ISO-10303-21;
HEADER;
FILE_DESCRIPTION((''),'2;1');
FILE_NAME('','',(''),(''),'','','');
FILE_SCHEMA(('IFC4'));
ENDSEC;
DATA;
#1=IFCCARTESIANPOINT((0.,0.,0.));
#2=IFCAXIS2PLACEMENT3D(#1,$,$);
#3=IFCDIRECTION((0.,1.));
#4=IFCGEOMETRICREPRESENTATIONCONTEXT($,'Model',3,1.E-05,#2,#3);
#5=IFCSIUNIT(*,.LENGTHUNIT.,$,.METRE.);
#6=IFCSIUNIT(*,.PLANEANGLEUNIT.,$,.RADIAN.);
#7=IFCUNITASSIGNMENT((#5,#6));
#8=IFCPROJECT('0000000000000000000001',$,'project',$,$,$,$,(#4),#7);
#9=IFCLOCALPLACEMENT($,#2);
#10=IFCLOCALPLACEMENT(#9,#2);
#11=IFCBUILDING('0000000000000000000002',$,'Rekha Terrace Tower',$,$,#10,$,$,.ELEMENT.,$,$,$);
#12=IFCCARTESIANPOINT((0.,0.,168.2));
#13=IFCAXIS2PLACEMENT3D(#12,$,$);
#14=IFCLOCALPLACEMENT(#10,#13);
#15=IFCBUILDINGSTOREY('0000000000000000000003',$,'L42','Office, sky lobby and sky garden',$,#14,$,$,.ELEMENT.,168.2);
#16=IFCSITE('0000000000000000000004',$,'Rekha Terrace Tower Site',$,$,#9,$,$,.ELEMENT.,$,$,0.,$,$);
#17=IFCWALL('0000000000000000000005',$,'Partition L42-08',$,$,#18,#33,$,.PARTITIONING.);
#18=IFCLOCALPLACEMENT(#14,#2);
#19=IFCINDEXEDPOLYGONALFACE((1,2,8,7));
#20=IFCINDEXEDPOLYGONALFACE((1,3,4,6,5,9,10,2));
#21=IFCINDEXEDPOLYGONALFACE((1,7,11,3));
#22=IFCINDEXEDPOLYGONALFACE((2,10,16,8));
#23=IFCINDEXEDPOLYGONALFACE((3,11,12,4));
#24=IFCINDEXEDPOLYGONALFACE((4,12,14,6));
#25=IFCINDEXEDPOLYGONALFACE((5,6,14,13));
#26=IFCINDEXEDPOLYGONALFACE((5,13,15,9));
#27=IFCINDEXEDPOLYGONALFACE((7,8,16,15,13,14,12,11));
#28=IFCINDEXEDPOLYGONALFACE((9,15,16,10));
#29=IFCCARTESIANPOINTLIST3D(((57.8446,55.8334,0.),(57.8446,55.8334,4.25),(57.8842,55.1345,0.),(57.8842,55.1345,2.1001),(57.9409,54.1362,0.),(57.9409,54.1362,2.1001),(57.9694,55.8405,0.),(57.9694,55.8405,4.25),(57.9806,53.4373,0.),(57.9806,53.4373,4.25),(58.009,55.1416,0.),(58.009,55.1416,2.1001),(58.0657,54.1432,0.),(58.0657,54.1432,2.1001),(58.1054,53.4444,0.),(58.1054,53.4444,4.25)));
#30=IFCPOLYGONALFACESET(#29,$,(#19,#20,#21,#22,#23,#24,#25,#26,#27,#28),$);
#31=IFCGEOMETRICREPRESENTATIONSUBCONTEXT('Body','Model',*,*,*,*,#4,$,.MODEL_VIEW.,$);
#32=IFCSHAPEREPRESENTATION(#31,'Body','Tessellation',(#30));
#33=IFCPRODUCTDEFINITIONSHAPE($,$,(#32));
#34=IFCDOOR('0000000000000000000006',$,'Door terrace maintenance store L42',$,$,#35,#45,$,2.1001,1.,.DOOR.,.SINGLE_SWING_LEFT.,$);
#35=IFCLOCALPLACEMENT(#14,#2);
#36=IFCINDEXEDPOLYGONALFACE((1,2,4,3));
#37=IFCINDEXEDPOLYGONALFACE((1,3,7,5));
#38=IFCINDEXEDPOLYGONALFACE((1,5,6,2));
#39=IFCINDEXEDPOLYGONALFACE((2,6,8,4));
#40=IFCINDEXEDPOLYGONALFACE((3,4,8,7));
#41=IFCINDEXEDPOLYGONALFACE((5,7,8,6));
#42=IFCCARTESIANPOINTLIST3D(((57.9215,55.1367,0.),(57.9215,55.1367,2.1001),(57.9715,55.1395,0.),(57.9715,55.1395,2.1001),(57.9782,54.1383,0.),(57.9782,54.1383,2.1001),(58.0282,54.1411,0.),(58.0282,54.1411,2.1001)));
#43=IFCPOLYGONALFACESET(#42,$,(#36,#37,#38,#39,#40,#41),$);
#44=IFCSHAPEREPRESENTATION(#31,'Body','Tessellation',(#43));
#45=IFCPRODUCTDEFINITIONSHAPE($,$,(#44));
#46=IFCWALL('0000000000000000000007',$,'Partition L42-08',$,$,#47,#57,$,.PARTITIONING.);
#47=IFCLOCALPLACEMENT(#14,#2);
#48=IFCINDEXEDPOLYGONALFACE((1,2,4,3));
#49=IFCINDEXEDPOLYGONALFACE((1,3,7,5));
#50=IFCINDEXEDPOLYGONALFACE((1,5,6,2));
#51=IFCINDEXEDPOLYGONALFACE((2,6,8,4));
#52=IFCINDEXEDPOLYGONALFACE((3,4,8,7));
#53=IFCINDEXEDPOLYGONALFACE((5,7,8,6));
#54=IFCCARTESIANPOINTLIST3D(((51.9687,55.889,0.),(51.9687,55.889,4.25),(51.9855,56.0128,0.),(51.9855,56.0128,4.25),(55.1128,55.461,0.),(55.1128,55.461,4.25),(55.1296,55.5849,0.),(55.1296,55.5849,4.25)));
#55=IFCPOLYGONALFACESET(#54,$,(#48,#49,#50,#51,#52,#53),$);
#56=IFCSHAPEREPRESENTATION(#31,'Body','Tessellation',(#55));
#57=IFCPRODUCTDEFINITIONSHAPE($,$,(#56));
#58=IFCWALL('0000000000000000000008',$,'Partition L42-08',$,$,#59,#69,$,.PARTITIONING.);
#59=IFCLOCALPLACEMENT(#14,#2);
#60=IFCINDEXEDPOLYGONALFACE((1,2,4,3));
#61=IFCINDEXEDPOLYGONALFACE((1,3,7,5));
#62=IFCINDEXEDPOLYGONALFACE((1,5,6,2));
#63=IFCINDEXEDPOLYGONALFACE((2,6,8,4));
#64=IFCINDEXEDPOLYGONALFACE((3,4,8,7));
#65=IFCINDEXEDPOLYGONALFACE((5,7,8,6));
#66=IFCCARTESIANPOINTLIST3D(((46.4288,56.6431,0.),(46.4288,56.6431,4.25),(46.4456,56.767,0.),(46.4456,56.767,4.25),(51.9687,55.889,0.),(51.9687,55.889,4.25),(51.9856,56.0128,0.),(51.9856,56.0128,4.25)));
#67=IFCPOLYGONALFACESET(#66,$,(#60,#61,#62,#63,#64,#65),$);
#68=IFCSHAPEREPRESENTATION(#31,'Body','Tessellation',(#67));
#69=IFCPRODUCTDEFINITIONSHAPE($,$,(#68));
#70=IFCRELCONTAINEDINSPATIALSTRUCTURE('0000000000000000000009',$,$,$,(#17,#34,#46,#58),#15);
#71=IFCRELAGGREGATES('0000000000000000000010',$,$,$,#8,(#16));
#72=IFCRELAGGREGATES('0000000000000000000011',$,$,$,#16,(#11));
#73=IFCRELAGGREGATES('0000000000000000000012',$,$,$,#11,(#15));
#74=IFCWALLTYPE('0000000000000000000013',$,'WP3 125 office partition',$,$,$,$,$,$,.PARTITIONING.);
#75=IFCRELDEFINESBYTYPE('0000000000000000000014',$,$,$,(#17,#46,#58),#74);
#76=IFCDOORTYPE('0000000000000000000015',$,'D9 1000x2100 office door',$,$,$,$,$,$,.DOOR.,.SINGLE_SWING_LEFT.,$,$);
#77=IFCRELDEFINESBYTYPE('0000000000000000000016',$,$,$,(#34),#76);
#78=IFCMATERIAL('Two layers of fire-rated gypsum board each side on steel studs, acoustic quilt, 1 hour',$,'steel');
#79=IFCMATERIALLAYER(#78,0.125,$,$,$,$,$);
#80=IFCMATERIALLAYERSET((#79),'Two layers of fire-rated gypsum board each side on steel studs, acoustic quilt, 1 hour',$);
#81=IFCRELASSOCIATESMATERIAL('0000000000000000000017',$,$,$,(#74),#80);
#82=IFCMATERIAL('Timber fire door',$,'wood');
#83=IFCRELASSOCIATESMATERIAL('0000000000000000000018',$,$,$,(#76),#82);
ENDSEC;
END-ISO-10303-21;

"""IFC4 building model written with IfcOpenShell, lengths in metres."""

from ifc_helpers import new_model, si_unit, direction, frame, frame_2d, origin, place, context, subcontext, project, spatial, rectangle, extrude, material, layer, layer_set, type_object, element, fill, save


model = new_model("IFC4")

# Units and contexts
model_context = context("Model", 3, precision=1e-05, world=origin(), true_north=direction((0.0, 1.0)))
body_context = subcontext(model_context, "Body", "Model", "MODEL_VIEW")
ifc_project = project(units=[si_unit("LENGTHUNIT", "METRE"), si_unit("PLANEANGLEUNIT", "RADIAN")], contexts=[model_context])

# Site, building, storey
site_placement = place(None, origin())
site = spatial("IfcSite", under=ifc_project, at=site_placement, Name="Rekha Terrace Tower Site", CompositionType="ELEMENT", RefElevation=0.0)
building_placement = place(site_placement, origin())
building = spatial("IfcBuilding", under=site, at=building_placement, Name="Rekha Terrace Tower", CompositionType="ELEMENT")
storey_placement = place(building_placement, frame((0.0, 0.0, 168.2)))
storey = spatial("IfcBuildingStorey", under=building, at=storey_placement, Name="L42", Description="Office, sky lobby and sky garden", CompositionType="ELEMENT", Elevation=168.2)

# Shared definitions
ifc_material_1 = material(Name="Two layers of fire-rated gypsum board each side on steel studs, acoustic quilt, 1 hour", Category="steel")
ifc_layer_1 = layer(ifc_material_1, 0.125)
ifc_layer_set_1 = layer_set([ifc_layer_1], Name="Two layers of fire-rated gypsum board each side on steel studs, acoustic quilt, 1 hour")
wall_type_1 = type_object("IfcWallType", Name="WP3 125 office partition", PredefinedType="PARTITIONING", material=ifc_layer_set_1)

# Wall, opening, door
wall_1_placement = place(storey_placement, frame((57.907, 55.8369, 0.0), z_axis=(0.0, 0.0, 1.0), x_axis=(0.056664, -0.998393, 0.0)))
wall_1 = element("IfcWall", 1, at=wall_1_placement, inside=storey, type_object=wall_type_1, Name="Partition L42-08", PredefinedType="PARTITIONING", context=body_context, shape_type="SweptSolid", body=[
    extrude(rectangle(XDim=2.3999, YDim=0.125, at=frame_2d((1.2, 0.0))), origin(), (0.0, 0.0, 1.0), 4.25),
])
opening_1_placement = place(wall_1_placement, frame((0.7, 0.0, 0.0)))
opening_1 = element("IfcOpeningElement", 2, at=opening_1_placement, cuts=wall_1, PredefinedType="OPENING", context=body_context, shape_type="SweptSolid", body=[
    extrude(rectangle(XDim=1.0, YDim=2.1001, at=frame_2d((0.5, 1.05))), frame((0.0, 0.0725, 0.0), z_axis=(0.0, -1.0, 0.0), x_axis=(1.0, 0.0, 0.0)), (0.0, 0.0, 1.0), 0.145),
])
ifc_material_2 = material(Name="Timber fire door", Category="wood")
door_type_1 = type_object("IfcDoorType", Name="D9 1000x2100 office door", OperationType="SINGLE_SWING_LEFT", PredefinedType="DOOR", material=ifc_material_2)
door_1_placement = place(opening_1_placement, origin())
door_1 = element("IfcDoor", 3, at=door_1_placement, inside=storey, type_object=door_type_1, Name="Door terrace maintenance store L42", OperationType="SINGLE_SWING_LEFT", OverallHeight=2.1001, OverallWidth=1.0, PredefinedType="DOOR", context=body_context, shape_type="SweptSolid", body=[
    extrude(rectangle(XDim=1.0, YDim=2.1001, at=frame_2d((0.5, 1.05))), frame((0.0, 0.0249, 0.0), z_axis=(0.0, -1.0, 0.0), x_axis=(1.0, 0.0, 0.0)), (0.0, 0.0, 1.0), 0.05),
])
fill(opening_1, door_1)

# Walls
wall_2_placement = place(storey_placement, frame((55.1211, 55.5229, 0.0), z_axis=(0.0, 0.0, 1.0), x_axis=(-0.990862, 0.13488, 0.0)))
element("IfcWall", 4, at=wall_2_placement, inside=storey, type_object=wall_type_1, Name="Partition L42-08", PredefinedType="PARTITIONING", context=body_context, shape_type="SweptSolid", body=[
    extrude(rectangle(XDim=3.1731, YDim=0.125, at=frame_2d((1.5864, 0.0))), origin(), (0.0, 0.0, 1.0), 4.25),
])
wall_3_placement = place(storey_placement, frame((51.9771, 55.9509, 0.0), z_axis=(0.0, 0.0, 1.0), x_axis=(-0.990861, 0.134883, 0.0)))
element("IfcWall", 5, at=wall_3_placement, inside=storey, type_object=wall_type_1, Name="Partition L42-08", PredefinedType="PARTITIONING", context=body_context, shape_type="SweptSolid", body=[
    extrude(rectangle(XDim=5.5911, YDim=0.125, at=frame_2d((2.7954, 0.0))), origin(), (0.0, 0.0, 1.0), 4.25),
])

save(model, "model.ifc")
